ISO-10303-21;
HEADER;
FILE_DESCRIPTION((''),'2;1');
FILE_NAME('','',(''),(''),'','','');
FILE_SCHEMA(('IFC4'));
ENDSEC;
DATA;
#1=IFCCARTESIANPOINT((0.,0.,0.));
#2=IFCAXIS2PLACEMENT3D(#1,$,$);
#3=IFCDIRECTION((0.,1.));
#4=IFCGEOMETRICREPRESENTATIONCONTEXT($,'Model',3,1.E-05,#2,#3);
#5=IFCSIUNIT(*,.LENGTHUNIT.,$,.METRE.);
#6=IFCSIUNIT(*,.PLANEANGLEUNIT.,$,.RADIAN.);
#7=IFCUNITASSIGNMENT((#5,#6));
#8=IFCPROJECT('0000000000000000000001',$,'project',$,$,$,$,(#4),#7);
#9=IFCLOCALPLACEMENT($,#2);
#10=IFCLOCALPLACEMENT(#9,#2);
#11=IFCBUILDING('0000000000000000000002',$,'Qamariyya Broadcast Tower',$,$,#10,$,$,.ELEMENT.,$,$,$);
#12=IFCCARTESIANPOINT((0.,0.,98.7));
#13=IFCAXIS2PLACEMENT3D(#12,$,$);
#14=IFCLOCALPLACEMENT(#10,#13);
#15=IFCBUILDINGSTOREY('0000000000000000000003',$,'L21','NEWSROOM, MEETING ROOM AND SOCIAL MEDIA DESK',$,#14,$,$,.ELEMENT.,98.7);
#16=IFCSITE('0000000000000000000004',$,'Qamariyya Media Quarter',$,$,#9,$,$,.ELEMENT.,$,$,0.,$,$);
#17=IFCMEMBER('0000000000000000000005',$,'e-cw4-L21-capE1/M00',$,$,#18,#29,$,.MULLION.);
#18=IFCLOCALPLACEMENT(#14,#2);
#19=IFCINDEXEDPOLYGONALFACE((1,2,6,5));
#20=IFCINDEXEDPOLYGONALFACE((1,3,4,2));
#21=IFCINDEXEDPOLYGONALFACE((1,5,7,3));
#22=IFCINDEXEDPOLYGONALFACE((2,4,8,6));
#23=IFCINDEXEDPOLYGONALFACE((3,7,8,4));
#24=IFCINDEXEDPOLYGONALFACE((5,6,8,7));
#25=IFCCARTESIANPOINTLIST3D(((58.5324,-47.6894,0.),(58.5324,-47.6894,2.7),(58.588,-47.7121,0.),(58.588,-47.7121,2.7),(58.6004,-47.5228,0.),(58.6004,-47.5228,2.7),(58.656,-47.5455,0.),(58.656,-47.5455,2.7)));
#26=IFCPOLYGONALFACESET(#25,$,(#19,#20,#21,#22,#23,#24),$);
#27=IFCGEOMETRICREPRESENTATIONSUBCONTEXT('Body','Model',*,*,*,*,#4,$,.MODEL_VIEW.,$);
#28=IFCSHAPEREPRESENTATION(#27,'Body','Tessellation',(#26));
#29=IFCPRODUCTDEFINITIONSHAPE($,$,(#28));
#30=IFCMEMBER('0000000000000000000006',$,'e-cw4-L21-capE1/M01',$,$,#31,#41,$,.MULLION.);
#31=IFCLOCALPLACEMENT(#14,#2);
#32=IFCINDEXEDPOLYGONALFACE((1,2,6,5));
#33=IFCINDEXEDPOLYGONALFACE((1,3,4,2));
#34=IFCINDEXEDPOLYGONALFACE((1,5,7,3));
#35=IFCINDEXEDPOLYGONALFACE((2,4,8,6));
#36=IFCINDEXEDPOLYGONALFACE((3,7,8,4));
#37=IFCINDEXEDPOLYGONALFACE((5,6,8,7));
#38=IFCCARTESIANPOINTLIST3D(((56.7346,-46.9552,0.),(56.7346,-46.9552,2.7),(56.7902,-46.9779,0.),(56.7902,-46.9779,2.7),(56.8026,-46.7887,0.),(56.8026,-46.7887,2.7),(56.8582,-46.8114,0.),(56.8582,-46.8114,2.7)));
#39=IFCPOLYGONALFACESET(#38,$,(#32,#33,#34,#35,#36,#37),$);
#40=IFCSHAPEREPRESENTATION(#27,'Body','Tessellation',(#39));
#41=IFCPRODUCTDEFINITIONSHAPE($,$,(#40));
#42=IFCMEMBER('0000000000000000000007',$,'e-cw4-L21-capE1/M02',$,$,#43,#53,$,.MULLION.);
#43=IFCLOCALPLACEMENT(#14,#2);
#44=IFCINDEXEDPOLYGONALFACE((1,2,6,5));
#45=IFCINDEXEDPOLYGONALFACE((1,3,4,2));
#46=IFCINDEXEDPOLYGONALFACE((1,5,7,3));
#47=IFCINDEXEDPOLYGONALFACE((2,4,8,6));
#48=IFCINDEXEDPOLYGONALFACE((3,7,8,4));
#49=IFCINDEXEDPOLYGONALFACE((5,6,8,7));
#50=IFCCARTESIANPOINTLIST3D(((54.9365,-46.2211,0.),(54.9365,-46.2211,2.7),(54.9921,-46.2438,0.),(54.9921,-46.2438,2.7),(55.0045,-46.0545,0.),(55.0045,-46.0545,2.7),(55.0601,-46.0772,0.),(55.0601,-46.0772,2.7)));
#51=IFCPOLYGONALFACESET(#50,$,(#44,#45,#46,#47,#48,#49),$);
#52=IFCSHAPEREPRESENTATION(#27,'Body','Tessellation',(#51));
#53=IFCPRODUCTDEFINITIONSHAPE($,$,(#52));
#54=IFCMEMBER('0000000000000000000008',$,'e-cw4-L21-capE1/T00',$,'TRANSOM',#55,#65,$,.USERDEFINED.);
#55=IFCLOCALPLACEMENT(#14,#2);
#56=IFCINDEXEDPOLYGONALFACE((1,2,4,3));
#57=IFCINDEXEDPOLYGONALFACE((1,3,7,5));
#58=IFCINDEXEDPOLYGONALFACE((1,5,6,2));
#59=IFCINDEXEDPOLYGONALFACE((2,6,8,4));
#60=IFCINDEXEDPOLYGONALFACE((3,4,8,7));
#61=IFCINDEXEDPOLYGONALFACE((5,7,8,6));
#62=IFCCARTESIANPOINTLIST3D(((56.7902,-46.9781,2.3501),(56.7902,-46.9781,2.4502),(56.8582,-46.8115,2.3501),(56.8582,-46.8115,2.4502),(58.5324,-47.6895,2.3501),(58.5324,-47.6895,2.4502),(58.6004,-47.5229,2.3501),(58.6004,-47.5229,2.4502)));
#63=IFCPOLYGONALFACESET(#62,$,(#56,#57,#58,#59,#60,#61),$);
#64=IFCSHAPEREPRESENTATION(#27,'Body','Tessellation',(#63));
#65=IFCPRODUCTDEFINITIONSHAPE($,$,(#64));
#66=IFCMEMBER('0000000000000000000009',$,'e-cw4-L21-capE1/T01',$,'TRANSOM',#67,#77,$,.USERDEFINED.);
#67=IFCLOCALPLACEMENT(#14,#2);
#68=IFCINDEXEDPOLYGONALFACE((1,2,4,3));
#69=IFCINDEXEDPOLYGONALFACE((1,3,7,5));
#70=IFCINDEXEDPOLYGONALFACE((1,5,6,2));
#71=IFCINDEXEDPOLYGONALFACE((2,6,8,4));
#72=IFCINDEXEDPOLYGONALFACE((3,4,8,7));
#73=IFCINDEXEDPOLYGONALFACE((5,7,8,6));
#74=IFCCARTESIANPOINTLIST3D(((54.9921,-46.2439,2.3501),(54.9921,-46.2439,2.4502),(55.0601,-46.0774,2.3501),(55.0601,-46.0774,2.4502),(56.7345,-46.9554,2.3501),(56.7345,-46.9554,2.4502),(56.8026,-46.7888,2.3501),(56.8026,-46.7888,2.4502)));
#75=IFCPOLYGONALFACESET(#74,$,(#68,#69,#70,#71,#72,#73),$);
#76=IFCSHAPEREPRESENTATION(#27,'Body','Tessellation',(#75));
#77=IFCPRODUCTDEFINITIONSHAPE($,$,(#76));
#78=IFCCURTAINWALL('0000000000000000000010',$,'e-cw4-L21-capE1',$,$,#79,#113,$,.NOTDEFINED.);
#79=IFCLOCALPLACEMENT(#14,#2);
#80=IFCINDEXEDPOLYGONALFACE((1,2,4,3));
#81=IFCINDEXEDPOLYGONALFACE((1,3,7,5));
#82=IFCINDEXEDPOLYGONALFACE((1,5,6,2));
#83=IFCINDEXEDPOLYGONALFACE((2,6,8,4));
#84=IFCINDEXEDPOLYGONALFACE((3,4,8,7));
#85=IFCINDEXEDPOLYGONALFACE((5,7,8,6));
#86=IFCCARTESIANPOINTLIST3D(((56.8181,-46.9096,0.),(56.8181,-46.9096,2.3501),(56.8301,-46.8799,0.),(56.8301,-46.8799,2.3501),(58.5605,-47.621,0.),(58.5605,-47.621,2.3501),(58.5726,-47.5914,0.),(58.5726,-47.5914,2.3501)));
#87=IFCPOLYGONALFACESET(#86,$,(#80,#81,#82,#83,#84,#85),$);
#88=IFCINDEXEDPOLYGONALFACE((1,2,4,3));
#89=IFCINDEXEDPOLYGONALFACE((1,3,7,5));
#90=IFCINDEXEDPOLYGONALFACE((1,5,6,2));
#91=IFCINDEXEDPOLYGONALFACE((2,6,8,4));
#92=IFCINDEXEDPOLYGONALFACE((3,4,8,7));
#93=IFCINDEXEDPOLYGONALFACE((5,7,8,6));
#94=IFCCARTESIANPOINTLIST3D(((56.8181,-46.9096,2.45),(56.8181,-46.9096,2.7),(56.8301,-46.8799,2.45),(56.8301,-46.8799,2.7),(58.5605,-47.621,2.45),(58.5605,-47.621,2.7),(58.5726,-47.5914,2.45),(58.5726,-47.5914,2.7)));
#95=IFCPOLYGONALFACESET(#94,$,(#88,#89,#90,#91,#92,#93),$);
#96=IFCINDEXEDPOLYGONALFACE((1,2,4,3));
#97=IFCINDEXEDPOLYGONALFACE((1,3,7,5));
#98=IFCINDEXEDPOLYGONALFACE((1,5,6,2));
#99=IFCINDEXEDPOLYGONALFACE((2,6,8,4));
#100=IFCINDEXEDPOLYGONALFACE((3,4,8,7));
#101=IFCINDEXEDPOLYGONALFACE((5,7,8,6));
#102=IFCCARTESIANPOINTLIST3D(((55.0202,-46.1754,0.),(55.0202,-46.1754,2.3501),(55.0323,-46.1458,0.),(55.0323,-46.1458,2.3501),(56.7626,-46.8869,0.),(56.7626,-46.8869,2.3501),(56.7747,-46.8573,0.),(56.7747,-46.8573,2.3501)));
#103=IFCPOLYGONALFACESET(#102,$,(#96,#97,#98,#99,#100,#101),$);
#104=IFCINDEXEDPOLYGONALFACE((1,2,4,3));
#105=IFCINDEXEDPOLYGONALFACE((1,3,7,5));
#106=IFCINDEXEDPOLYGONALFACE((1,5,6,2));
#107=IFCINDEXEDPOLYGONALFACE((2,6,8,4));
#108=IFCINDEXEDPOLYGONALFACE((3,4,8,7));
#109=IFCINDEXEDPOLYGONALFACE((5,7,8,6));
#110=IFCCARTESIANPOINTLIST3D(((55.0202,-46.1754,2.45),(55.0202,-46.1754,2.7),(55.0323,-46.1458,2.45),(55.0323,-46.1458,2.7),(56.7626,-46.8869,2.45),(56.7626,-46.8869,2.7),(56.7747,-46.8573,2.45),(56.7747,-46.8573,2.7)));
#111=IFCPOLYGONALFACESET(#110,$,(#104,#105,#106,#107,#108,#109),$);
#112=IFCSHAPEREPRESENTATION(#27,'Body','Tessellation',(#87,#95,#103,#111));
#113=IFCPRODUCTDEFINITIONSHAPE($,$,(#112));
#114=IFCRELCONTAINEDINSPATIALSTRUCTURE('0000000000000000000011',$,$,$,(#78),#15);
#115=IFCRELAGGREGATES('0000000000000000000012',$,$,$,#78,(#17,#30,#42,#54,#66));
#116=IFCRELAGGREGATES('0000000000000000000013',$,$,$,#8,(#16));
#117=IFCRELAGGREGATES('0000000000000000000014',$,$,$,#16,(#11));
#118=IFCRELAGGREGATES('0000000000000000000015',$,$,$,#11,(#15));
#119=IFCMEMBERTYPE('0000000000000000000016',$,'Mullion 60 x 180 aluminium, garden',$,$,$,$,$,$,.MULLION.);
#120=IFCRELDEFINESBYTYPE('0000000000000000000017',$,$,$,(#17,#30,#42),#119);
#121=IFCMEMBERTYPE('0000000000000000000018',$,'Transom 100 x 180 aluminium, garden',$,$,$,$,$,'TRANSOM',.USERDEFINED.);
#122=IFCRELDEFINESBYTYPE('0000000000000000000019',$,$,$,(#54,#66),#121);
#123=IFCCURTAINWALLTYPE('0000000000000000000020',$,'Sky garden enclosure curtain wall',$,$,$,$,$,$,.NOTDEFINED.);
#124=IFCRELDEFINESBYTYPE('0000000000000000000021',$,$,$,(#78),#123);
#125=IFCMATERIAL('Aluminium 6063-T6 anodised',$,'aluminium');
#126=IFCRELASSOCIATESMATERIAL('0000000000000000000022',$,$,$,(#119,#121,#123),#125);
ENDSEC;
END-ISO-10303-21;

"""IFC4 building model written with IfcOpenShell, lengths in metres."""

from ifc_helpers import new_model, si_unit, direction, frame, origin, origin_2d, place, context, subcontext, project, spatial, rectangle, extrude, material, material_profile, profile_set, type_object, element, aggregate, save


model = new_model("IFC4")

# Units and contexts
model_context = context("Model", 3, precision=1e-05, world=origin(), true_north=direction((0.0, 1.0)))
body_context = subcontext(model_context, "Body", "Model", "MODEL_VIEW")
ifc_project = project(units=[si_unit("LENGTHUNIT", "METRE"), si_unit("PLANEANGLEUNIT", "RADIAN")], contexts=[model_context])

# Members
ifc_material = material(Name="Aluminium 6063-T6 anodised", Category="aluminium")
ifc_material_profile_1 = material_profile(ifc_material, rectangle(XDim=0.1799, YDim=0.0601, at=origin_2d()))
ifc_profile_set_1 = profile_set([ifc_material_profile_1], Name="Aluminium 6063-T6 anodised")
member_type_1 = type_object("IfcMemberType", Name="Mullion 60 x 180 aluminium, garden", PredefinedType="MULLION", material=ifc_profile_set_1)
site_placement = place(None, origin())
building_placement = place(site_placement, origin())
storey_placement = place(building_placement, frame((0.0, 0.0, 98.7)))
member_1_placement = place(storey_placement, frame((58.5942, -47.6174, 0.0), z_axis=(0.0, 0.0, 1.0), x_axis=(-0.378022, -0.925797, 0.0)))
member_1 = element("IfcMember", 1, at=member_1_placement, type_object=member_type_1, Name="e-cw4-L21-capE1/M00", PredefinedType="MULLION", context=body_context, shape_type="SweptSolid", body=[
    extrude(rectangle(XDim=0.1799, YDim=0.0601, at=origin_2d()), origin(), (0.0, 0.0, 1.0), 2.7),
])
member_2_placement = place(storey_placement, frame((56.7964, -46.8833, 0.0), z_axis=(0.0, 0.0, 1.0), x_axis=(-0.378022, -0.925797, 0.0)))
member_2 = element("IfcMember", 2, at=member_2_placement, type_object=member_type_1, Name="e-cw4-L21-capE1/M01", PredefinedType="MULLION", context=body_context, shape_type="SweptSolid", body=[
    extrude(rectangle(XDim=0.1799, YDim=0.0601, at=origin_2d()), origin(), (0.0, 0.0, 1.0), 2.7),
])
member_3_placement = place(storey_placement, frame((54.9983, -46.1492, 0.0), z_axis=(0.0, 0.0, 1.0), x_axis=(-0.378022, -0.925797, 0.0)))
member_3 = element("IfcMember", 3, at=member_3_placement, type_object=member_type_1, Name="e-cw4-L21-capE1/M02", PredefinedType="MULLION", context=body_context, shape_type="SweptSolid", body=[
    extrude(rectangle(XDim=0.1799, YDim=0.0601, at=origin_2d()), origin(), (0.0, 0.0, 1.0), 2.7),
])
ifc_material_profile_2 = material_profile(ifc_material, rectangle(XDim=0.1799, YDim=0.1001, at=origin_2d()))
ifc_profile_set_2 = profile_set([ifc_material_profile_2], Name="Aluminium 6063-T6 anodised")
member_type_2 = type_object("IfcMemberType", Name="Transom 100 x 180 aluminium, garden", ElementType="TRANSOM", PredefinedType="USERDEFINED", material=ifc_profile_set_2)
member_4_placement = place(storey_placement, frame((58.5664, -47.6062, 2.4001), z_axis=(-0.925786, 0.378047, 0.0), x_axis=(-0.378047, -0.925786, 0.0)))
member_4 = element("IfcMember", 4, at=member_4_placement, type_object=member_type_2, Name="e-cw4-L21-capE1/T00", ObjectType="TRANSOM", PredefinedType="USERDEFINED", context=body_context, shape_type="SweptSolid", body=[
    extrude(rectangle(XDim=0.1799, YDim=0.1001, at=origin_2d()), origin(), (0.0, 0.0, 1.0), 1.8818),
])
member_5_placement = place(storey_placement, frame((56.7686, -46.8721, 2.4001), z_axis=(-0.925805, 0.378001, 0.0), x_axis=(-0.378001, -0.925805, 0.0)))
member_5 = element("IfcMember", 5, at=member_5_placement, type_object=member_type_2, Name="e-cw4-L21-capE1/T01", ObjectType="TRANSOM", PredefinedType="USERDEFINED", context=body_context, shape_type="SweptSolid", body=[
    extrude(rectangle(XDim=0.1799, YDim=0.1001, at=origin_2d()), origin(), (0.0, 0.0, 1.0), 1.8821),
])

# Site, building, storey
site = spatial("IfcSite", under=ifc_project, at=site_placement, Name="Qamariyya Media Quarter", CompositionType="ELEMENT", RefElevation=0.0)
building = spatial("IfcBuilding", under=site, at=building_placement, Name="Qamariyya Broadcast Tower", CompositionType="ELEMENT")
storey = spatial("IfcBuildingStorey", under=building, at=storey_placement, Name="L21", Description="NEWSROOM, MEETING ROOM AND SOCIAL MEDIA DESK", CompositionType="ELEMENT", Elevation=98.7)

# Curtain wall
curtain_wall_type = type_object("IfcCurtainWallType", Name="Sky garden enclosure curtain wall", PredefinedType="NOTDEFINED", material=ifc_material)
curtain_wall_1_placement = place(storey_placement, origin())
curtain_wall_1 = element("IfcCurtainWall", 6, at=curtain_wall_1_placement, inside=storey, type_object=curtain_wall_type, Name="e-cw4-L21-capE1", PredefinedType="NOTDEFINED", context=body_context, shape_type="SweptSolid", body=[
    extrude(rectangle(XDim=1.8821, YDim=0.032, at=origin_2d()), frame((57.6953, -47.2505, 0.0), x_axis=(-0.925793, 0.37803, 0.0)), (0.0, 0.0, 1.0), 2.3501),
    extrude(rectangle(XDim=1.8821, YDim=0.032, at=origin_2d()), frame((57.6953, -47.2505, 2.45), x_axis=(-0.925793, 0.37803, 0.0)), (0.0, 0.0, 1.0), 0.25),
    extrude(rectangle(XDim=1.8821, YDim=0.032, at=origin_2d()), frame((55.8975, -46.5164, 0.0), x_axis=(-0.925793, 0.37803, 0.0)), (0.0, 0.0, 1.0), 2.3501),
    extrude(rectangle(XDim=1.8821, YDim=0.032, at=origin_2d()), frame((55.8975, -46.5164, 2.45), x_axis=(-0.925793, 0.37803, 0.0)), (0.0, 0.0, 1.0), 0.25),
])
aggregate(curtain_wall_1, [member_1, member_2, member_3, member_4, member_5])

save(model, "model.ifc")
